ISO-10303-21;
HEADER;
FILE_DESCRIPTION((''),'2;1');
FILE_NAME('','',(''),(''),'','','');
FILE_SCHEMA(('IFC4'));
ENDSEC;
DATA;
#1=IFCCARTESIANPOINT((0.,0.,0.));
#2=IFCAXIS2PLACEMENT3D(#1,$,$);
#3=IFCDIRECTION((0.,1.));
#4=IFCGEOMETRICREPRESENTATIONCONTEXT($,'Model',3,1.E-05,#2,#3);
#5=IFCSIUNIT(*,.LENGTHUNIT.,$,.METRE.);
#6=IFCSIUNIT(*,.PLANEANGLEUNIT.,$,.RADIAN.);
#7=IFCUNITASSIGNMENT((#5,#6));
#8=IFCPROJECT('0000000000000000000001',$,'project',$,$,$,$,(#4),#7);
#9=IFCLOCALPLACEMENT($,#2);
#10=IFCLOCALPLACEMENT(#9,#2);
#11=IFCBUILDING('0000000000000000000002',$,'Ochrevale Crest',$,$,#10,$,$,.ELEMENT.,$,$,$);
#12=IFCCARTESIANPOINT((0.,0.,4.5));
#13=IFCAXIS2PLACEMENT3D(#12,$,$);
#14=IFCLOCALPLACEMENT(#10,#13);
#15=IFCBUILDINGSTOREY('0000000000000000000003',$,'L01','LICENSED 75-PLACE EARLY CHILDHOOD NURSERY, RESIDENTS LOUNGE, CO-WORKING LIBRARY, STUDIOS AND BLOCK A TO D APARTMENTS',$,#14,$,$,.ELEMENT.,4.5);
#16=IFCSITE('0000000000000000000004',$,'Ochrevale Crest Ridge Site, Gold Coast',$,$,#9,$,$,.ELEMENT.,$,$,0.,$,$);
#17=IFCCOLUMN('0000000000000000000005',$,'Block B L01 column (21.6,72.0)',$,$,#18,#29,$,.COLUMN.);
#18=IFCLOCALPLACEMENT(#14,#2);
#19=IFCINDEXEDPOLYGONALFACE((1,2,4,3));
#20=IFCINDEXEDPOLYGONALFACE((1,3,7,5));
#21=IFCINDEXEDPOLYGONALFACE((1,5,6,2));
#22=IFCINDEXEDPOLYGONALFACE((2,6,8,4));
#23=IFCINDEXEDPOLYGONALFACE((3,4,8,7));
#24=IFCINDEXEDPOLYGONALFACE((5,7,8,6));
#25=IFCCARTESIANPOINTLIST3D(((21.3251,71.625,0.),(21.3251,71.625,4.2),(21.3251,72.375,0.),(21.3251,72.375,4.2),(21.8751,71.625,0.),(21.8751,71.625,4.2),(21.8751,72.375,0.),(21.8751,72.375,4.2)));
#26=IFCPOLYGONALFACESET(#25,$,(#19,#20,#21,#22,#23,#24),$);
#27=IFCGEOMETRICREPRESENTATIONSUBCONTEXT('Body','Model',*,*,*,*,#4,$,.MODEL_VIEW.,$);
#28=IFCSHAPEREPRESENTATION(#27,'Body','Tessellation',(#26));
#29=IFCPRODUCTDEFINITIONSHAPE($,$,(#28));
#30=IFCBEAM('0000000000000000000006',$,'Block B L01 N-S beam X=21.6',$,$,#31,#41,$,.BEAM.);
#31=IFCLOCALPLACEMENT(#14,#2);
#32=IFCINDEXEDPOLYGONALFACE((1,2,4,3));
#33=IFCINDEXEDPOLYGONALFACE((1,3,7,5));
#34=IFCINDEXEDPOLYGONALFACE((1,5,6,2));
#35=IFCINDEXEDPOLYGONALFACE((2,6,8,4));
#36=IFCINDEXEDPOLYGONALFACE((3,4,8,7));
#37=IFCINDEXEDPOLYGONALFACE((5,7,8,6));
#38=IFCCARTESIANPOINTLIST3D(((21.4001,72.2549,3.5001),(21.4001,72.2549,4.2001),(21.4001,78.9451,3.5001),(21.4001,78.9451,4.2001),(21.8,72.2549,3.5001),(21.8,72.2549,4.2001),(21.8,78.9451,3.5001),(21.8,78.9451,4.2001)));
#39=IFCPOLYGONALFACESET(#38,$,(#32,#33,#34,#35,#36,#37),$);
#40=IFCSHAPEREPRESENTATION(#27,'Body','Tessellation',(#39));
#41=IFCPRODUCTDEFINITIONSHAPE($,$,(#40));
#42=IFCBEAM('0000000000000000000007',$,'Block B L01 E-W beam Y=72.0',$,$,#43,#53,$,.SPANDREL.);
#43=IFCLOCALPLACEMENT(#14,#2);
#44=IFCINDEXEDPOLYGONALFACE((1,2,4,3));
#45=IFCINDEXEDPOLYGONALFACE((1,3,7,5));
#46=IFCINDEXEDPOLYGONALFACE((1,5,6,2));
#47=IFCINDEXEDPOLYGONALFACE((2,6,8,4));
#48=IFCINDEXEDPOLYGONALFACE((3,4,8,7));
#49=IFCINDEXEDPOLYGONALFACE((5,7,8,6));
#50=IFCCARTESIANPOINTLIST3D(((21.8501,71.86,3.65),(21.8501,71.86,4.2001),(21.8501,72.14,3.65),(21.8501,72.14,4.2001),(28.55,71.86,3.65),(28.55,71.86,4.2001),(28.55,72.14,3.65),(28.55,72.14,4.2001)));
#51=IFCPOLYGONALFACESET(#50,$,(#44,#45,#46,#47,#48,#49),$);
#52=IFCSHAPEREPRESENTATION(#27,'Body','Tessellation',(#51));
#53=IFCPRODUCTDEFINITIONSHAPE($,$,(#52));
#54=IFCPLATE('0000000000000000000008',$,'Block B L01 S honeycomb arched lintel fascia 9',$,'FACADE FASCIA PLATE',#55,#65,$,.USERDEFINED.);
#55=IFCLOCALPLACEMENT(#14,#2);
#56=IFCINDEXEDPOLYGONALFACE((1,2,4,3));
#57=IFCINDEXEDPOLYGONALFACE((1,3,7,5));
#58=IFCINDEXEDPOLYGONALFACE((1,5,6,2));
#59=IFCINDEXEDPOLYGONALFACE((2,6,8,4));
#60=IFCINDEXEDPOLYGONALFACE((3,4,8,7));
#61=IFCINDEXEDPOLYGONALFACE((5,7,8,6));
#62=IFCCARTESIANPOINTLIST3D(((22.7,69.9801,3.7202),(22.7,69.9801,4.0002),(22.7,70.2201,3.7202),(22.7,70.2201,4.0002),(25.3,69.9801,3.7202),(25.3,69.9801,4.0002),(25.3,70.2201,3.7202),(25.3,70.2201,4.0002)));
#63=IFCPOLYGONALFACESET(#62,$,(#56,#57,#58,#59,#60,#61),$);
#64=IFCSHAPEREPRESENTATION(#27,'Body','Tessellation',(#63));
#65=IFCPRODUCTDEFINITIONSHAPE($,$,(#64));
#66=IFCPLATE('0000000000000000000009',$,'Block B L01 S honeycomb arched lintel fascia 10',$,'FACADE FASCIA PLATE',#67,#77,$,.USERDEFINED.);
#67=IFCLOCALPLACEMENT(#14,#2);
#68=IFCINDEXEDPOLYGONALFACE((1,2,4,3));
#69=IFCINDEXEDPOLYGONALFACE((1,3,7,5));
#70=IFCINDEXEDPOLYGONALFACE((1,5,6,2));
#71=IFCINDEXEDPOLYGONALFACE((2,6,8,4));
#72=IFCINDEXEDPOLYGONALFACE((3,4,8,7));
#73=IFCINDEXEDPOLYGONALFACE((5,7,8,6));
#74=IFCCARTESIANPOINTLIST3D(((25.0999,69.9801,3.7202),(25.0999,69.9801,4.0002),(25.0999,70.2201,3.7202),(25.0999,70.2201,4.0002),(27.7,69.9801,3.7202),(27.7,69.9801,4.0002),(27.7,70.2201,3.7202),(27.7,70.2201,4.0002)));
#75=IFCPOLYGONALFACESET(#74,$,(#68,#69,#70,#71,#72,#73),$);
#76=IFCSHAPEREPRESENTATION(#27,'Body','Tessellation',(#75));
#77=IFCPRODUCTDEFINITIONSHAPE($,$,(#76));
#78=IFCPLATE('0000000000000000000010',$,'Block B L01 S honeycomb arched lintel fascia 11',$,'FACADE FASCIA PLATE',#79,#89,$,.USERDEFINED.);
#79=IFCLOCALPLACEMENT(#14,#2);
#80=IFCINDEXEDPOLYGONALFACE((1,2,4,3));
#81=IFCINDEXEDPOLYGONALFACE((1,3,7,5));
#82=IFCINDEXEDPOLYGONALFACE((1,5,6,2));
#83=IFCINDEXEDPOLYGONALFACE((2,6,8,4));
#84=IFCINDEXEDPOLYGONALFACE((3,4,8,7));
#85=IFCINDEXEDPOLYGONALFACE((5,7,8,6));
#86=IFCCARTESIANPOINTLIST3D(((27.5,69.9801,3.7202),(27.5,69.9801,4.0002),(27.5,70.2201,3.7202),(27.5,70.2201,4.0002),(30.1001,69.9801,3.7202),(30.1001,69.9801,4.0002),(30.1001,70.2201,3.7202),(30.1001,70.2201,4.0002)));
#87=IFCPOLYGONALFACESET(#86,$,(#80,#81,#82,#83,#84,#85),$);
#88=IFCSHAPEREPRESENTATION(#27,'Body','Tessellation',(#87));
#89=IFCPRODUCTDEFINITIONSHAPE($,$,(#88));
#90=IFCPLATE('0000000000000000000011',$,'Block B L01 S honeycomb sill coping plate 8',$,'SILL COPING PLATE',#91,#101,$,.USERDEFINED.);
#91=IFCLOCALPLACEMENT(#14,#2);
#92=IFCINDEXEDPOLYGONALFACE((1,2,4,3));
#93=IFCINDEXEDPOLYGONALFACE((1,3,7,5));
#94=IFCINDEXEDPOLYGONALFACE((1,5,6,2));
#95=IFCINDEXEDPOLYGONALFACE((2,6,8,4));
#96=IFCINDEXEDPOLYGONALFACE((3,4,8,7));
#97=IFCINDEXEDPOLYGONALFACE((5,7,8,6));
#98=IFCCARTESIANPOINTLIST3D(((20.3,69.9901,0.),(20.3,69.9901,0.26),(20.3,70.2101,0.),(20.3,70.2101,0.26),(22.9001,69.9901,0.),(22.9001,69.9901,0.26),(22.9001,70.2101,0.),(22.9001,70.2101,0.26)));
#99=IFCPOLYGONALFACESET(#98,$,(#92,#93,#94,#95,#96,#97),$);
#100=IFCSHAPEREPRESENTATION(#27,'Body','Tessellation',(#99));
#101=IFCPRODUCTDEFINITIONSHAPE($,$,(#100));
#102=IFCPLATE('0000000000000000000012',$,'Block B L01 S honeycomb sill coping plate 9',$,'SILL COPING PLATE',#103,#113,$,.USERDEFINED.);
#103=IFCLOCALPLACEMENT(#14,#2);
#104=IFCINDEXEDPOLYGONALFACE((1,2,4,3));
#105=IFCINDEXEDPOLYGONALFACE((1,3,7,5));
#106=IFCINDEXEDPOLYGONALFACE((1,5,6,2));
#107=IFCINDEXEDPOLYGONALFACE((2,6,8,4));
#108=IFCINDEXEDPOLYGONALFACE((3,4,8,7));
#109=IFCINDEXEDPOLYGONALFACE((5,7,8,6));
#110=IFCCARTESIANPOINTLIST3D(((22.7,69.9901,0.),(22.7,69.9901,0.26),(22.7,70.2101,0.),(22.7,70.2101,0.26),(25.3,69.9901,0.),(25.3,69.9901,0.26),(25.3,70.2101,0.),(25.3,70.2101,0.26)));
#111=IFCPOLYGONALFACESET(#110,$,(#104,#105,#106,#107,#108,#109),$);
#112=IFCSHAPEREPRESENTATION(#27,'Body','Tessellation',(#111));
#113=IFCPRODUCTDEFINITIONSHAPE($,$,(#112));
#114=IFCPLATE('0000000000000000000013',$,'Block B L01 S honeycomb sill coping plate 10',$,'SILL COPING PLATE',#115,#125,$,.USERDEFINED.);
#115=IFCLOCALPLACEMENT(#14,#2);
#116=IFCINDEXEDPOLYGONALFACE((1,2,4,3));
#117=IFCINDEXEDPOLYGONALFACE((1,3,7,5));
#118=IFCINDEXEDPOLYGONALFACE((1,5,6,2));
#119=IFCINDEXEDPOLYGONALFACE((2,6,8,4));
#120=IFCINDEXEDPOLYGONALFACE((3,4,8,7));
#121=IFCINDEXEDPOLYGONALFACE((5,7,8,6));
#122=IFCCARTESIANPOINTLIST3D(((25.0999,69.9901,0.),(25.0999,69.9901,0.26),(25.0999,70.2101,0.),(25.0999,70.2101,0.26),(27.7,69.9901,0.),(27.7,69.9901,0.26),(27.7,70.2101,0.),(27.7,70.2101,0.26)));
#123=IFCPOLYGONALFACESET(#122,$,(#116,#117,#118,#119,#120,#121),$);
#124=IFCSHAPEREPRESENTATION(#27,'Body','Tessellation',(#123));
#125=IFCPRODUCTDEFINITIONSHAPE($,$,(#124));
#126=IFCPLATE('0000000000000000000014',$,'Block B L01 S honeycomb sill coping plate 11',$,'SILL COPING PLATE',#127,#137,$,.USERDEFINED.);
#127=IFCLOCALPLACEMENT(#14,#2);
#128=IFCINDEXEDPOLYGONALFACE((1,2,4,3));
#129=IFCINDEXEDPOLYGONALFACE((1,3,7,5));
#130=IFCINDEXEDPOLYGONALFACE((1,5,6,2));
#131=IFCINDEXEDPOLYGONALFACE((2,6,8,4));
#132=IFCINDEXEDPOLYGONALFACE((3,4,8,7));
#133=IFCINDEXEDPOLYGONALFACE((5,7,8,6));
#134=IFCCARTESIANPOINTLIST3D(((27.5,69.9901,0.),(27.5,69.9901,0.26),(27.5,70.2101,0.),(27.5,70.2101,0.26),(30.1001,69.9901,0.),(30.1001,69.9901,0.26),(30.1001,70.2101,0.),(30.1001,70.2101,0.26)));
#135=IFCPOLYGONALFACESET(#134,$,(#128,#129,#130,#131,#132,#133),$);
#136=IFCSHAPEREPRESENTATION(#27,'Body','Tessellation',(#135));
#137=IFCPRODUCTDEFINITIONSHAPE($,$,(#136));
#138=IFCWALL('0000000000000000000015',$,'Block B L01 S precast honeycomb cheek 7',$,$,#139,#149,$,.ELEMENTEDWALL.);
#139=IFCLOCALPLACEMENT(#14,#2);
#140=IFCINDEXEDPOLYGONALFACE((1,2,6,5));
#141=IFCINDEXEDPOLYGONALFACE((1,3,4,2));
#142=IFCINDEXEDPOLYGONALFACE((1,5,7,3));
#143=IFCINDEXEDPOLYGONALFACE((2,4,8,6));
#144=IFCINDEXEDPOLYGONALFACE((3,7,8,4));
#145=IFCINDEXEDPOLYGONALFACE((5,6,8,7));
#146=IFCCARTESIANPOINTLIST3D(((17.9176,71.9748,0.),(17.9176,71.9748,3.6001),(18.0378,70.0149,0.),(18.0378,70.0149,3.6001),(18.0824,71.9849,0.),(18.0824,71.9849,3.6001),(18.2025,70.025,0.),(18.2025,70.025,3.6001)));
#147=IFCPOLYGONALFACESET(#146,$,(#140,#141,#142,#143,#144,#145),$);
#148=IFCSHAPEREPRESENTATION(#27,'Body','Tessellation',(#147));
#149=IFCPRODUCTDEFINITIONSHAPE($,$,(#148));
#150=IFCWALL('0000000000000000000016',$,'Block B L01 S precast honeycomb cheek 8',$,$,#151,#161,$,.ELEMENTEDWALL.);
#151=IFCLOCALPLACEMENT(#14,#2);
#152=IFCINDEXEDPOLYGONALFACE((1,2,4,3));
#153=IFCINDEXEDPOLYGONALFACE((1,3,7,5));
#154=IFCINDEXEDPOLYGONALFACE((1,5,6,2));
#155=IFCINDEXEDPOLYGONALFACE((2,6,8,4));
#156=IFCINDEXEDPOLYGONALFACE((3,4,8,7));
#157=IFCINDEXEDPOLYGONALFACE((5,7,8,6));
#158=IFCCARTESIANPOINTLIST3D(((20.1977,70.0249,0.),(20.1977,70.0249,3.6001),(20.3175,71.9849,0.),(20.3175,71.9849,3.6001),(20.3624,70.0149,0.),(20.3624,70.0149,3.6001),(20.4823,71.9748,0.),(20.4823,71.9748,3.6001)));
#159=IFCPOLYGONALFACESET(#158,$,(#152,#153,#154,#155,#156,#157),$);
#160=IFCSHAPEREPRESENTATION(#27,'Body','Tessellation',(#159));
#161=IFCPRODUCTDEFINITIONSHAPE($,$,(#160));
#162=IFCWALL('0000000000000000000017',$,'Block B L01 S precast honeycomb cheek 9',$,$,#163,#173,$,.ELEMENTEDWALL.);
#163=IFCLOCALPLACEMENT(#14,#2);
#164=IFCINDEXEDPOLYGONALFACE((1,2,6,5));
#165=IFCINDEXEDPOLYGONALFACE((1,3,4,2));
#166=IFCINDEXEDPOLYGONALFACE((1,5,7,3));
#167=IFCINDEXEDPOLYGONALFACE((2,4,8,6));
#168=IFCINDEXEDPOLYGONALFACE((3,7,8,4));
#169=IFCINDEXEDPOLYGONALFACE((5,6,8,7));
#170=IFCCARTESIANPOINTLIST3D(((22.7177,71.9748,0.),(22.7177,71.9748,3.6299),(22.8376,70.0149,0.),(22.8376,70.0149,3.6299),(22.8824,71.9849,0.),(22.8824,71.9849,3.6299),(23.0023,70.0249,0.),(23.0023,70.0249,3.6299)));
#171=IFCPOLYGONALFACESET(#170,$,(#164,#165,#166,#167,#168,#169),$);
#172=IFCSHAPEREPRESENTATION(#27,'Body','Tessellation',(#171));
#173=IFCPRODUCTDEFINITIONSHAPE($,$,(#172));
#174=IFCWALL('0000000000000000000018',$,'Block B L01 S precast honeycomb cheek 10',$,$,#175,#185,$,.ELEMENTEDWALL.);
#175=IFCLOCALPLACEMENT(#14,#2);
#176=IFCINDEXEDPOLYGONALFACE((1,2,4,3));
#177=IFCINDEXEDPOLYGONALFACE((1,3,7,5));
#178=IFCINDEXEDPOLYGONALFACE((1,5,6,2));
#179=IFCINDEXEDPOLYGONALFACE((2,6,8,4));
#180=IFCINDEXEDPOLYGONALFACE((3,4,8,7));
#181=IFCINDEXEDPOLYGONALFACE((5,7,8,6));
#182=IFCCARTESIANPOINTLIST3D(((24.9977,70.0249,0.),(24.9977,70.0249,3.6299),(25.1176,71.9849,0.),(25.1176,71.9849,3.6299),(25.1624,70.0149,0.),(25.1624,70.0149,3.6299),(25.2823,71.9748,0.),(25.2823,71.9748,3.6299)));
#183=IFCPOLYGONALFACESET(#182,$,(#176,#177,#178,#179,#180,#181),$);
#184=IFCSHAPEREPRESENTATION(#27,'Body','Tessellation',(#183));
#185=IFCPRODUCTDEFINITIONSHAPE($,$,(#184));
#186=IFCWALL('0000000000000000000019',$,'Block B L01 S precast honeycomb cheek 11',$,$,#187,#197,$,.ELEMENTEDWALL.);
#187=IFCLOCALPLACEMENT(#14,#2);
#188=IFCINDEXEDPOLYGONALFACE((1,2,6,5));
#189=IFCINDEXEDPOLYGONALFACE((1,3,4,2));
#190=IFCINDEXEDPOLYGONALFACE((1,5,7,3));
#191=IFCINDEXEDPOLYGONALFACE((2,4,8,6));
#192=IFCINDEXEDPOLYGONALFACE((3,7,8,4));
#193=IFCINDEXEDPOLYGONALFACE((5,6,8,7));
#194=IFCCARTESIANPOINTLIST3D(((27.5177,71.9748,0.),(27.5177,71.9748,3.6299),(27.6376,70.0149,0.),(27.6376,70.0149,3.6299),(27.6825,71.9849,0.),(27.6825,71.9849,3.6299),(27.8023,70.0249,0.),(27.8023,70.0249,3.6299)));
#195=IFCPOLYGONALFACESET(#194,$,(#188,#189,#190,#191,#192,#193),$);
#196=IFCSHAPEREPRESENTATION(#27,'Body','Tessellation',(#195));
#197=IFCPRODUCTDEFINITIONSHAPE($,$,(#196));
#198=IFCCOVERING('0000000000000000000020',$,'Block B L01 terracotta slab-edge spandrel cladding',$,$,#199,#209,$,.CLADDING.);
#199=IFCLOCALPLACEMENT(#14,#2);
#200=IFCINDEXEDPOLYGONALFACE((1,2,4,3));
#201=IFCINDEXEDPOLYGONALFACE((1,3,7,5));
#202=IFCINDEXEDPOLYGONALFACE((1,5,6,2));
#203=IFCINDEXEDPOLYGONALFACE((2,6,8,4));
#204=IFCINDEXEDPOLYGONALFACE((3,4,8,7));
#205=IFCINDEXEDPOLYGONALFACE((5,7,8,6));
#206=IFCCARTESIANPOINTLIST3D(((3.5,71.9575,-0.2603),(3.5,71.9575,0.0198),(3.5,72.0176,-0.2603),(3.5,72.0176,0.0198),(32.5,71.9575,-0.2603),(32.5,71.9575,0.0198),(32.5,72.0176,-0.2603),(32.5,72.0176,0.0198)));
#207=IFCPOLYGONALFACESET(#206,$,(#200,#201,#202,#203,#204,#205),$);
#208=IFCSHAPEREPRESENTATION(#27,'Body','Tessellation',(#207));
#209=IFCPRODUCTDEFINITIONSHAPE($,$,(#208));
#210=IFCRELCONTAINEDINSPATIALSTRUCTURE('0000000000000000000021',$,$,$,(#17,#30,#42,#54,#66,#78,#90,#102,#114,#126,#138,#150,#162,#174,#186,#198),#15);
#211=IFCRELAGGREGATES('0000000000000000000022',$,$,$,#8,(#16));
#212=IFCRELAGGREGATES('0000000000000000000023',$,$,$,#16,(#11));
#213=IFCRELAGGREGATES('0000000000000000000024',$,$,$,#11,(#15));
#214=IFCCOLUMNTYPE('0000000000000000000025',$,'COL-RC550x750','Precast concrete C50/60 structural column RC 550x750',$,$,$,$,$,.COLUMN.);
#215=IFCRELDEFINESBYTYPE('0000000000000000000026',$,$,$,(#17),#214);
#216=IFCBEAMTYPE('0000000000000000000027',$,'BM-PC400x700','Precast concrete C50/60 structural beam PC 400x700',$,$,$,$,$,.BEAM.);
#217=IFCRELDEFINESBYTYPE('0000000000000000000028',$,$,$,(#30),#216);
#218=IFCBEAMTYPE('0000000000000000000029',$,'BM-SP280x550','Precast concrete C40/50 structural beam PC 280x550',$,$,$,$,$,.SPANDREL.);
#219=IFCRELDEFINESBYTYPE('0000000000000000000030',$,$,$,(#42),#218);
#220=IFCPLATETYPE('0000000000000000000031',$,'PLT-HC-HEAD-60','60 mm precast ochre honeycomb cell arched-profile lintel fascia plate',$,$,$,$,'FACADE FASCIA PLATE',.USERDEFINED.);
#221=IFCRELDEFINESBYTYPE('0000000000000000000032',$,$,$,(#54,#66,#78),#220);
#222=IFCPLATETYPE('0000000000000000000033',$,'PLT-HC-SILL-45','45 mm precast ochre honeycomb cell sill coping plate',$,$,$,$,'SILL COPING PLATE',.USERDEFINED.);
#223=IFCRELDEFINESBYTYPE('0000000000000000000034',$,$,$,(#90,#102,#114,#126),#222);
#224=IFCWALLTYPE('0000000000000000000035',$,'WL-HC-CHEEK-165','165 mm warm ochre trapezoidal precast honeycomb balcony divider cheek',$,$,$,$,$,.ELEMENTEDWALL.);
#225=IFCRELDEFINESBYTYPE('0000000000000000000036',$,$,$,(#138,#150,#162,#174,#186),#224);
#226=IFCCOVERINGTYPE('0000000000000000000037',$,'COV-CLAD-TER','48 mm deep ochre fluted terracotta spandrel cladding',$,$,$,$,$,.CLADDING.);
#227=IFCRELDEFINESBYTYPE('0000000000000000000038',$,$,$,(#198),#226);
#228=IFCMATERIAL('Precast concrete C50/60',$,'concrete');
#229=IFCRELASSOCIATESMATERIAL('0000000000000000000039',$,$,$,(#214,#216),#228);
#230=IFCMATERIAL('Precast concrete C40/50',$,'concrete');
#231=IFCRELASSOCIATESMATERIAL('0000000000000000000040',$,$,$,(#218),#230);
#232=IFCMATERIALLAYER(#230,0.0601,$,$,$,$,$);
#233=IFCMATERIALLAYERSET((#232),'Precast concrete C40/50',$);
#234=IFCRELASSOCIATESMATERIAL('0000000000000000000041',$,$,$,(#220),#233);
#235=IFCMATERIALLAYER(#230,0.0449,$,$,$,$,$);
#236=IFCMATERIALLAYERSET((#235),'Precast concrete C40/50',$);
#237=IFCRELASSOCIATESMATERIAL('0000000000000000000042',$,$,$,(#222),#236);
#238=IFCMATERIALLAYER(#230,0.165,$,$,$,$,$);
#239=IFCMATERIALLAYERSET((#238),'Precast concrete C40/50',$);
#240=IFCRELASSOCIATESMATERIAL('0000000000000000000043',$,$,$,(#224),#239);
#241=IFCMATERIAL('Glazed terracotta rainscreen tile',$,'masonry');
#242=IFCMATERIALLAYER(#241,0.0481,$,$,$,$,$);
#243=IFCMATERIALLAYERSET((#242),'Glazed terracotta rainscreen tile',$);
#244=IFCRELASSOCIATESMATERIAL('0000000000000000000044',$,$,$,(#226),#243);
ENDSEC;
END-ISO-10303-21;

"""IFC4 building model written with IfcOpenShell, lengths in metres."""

from ifc_helpers import new_model, si_unit, direction, frame, frame_2d, origin, origin_2d, place, context, subcontext, project, spatial, rectangle, extrude, material, layer, layer_set, material_profile, profile_set, type_object, element, save


model = new_model("IFC4")

# Units and contexts
model_context = context("Model", 3, precision=1e-05, world=origin(), true_north=direction((0.0, 1.0)))
body_context = subcontext(model_context, "Body", "Model", "MODEL_VIEW")
ifc_project = project(units=[si_unit("LENGTHUNIT", "METRE"), si_unit("PLANEANGLEUNIT", "RADIAN")], contexts=[model_context])

# Site, building, storey
site_placement = place(None, origin())
site = spatial("IfcSite", under=ifc_project, at=site_placement, Name="Ochrevale Crest Ridge Site, Gold Coast", CompositionType="ELEMENT", RefElevation=0.0)
building_placement = place(site_placement, origin())
building = spatial("IfcBuilding", under=site, at=building_placement, Name="Ochrevale Crest", CompositionType="ELEMENT")
storey_placement = place(building_placement, frame((0.0, 0.0, 4.5)))
storey = spatial("IfcBuildingStorey", under=building, at=storey_placement, Name="L01", Description="LICENSED 75-PLACE EARLY CHILDHOOD NURSERY, RESIDENTS LOUNGE, CO-WORKING LIBRARY, STUDIOS AND BLOCK A TO D APARTMENTS", CompositionType="ELEMENT", Elevation=4.5)

# Column
ifc_material_1 = material(Name="Precast concrete C50/60", Category="concrete")
ifc_material_profile_1 = material_profile(ifc_material_1, rectangle(XDim=0.55, YDim=0.75, at=origin_2d()), Name="RC 550x750")
ifc_profile_set_1 = profile_set([ifc_material_profile_1], Name="Precast concrete C50/60")
column_type = type_object("IfcColumnType", Name="COL-RC550x750", Description="Precast concrete C50/60 structural column RC 550x750", PredefinedType="COLUMN", material=ifc_profile_set_1)
column_placement = place(storey_placement, frame((21.6001, 72.0, 0.0), z_axis=(0.0, 0.0, 1.0), x_axis=(1.0, 0.0, 0.0)))
element("IfcColumn", 1, at=column_placement, inside=storey, type_object=column_type, Name="Block B L01 column (21.6,72.0)", PredefinedType="COLUMN", context=body_context, shape_type="SweptSolid", body=[
    extrude(rectangle(XDim=0.55, YDim=0.75, at=origin_2d()), origin(), (0.0, 0.0, 1.0), 4.2),
])

# Beams
ifc_material_profile_2 = material_profile(ifc_material_1, rectangle(XDim=0.3999, YDim=0.7, at=origin_2d()), Name="PC 400x700")
ifc_profile_set_2 = profile_set([ifc_material_profile_2], Name="Precast concrete C50/60")
beam_type_1 = type_object("IfcBeamType", Name="BM-PC400x700", Description="Precast concrete C50/60 structural beam PC 400x700", PredefinedType="BEAM", material=ifc_profile_set_2)
beam_1_placement = place(storey_placement, frame((21.6001, 72.2549, 3.8501), z_axis=(0.0, 1.0, 0.0), x_axis=(-1.0, 0.0, 0.0)))
element("IfcBeam", 2, at=beam_1_placement, inside=storey, type_object=beam_type_1, Name="Block B L01 N-S beam X=21.6", PredefinedType="BEAM", context=body_context, shape_type="SweptSolid", body=[
    extrude(rectangle(XDim=0.3999, YDim=0.7, at=origin_2d()), origin(), (0.0, 0.0, 1.0), 6.6902),
])
ifc_material_2 = material(Name="Precast concrete C40/50", Category="concrete")
ifc_material_profile_3 = material_profile(ifc_material_2, rectangle(XDim=0.28, YDim=0.55, at=origin_2d()), Name="PC 280x550")
ifc_profile_set_3 = profile_set([ifc_material_profile_3], Name="Precast concrete C40/50")
beam_type_2 = type_object("IfcBeamType", Name="BM-SP280x550", Description="Precast concrete C40/50 structural beam PC 280x550", PredefinedType="SPANDREL", material=ifc_profile_set_3)
beam_2_placement = place(storey_placement, frame((21.8501, 72.0, 3.925), z_axis=(1.0, 0.0, 0.0), x_axis=(0.0, 1.0, 0.0)))
element("IfcBeam", 3, at=beam_2_placement, inside=storey, type_object=beam_type_2, Name="Block B L01 E-W beam Y=72.0", PredefinedType="SPANDREL", context=body_context, shape_type="SweptSolid", body=[
    extrude(rectangle(XDim=0.28, YDim=0.55, at=origin_2d()), origin(), (0.0, 0.0, 1.0), 6.7),
])

# Plates
ifc_layer_1 = layer(ifc_material_2, 0.0601)
ifc_layer_set_1 = layer_set([ifc_layer_1], Name="Precast concrete C40/50")
plate_type_1 = type_object("IfcPlateType", Name="PLT-HC-HEAD-60", Description="60 mm precast ochre honeycomb cell arched-profile lintel fascia plate", ElementType="FACADE FASCIA PLATE", PredefinedType="USERDEFINED", material=ifc_layer_set_1)
for number, where, z_axis, x_axis, name in (
    (4, (24.0, 70.1001, 3.7202), (0.0, 0.0, 1.0), (1.0, 0.0, 0.0), "Block B L01 S honeycomb arched lintel fascia 9"),
    (5, (26.3999, 70.1001, 3.7202), (0.0, 0.0, 1.0), (1.0, 0.0, 0.0), "Block B L01 S honeycomb arched lintel fascia 10"),
    (6, (28.8, 70.1001, 3.7202), (0.0, 0.0, 1.0), (1.0, 0.0, 0.0), "Block B L01 S honeycomb arched lintel fascia 11"),
):
    element("IfcPlate", number, at=place(storey_placement, frame(where, z_axis=z_axis, x_axis=x_axis)), inside=storey, type_object=plate_type_1, Name=name, ObjectType="FACADE FASCIA PLATE", PredefinedType="USERDEFINED", context=body_context, shape_type="SweptSolid", body=[
        extrude(rectangle(XDim=2.6001, YDim=0.24, at=origin_2d()), origin(), (0.0, 0.0, 1.0), 0.28),
    ])
ifc_layer_2 = layer(ifc_material_2, 0.0449)
ifc_layer_set_2 = layer_set([ifc_layer_2], Name="Precast concrete C40/50")
plate_type_2 = type_object("IfcPlateType", Name="PLT-HC-SILL-45", Description="45 mm precast ochre honeycomb cell sill coping plate", ElementType="SILL COPING PLATE", PredefinedType="USERDEFINED", material=ifc_layer_set_2)
for number, where, z_axis, x_axis, name in (
    (7, (21.6001, 70.1001, 0.0), (0.0, 0.0, 1.0), (1.0, 0.0, 0.0), "Block B L01 S honeycomb sill coping plate 8"),
    (8, (24.0, 70.1001, 0.0), (0.0, 0.0, 1.0), (1.0, 0.0, 0.0), "Block B L01 S honeycomb sill coping plate 9"),
    (9, (26.3999, 70.1001, 0.0), (0.0, 0.0, 1.0), (1.0, 0.0, 0.0), "Block B L01 S honeycomb sill coping plate 10"),
    (10, (28.8, 70.1001, 0.0), (0.0, 0.0, 1.0), (1.0, 0.0, 0.0), "Block B L01 S honeycomb sill coping plate 11"),
):
    element("IfcPlate", number, at=place(storey_placement, frame(where, z_axis=z_axis, x_axis=x_axis)), inside=storey, type_object=plate_type_2, Name=name, ObjectType="SILL COPING PLATE", PredefinedType="USERDEFINED", context=body_context, shape_type="SweptSolid", body=[
        extrude(rectangle(XDim=2.6001, YDim=0.22, at=origin_2d()), origin(), (0.0, 0.0, 1.0), 0.26),
    ])

# Walls
ifc_layer_3 = layer(ifc_material_2, 0.165)
ifc_layer_set_3 = layer_set([ifc_layer_3], Name="Precast concrete C40/50")
wall_type = type_object("IfcWallType", Name="WL-HC-CHEEK-165", Description="165 mm warm ochre trapezoidal precast honeycomb balcony divider cheek", PredefinedType="ELEMENTEDWALL", material=ifc_layer_set_3)
for number, where, z_axis, x_axis, name in (
    (11, (18.0, 71.98, 0.0), (0.0, 0.0, 1.0), (0.061171, -0.998127, 0.0), "Block B L01 S precast honeycomb cheek 7"),
    (12, (20.3999, 71.98, 0.0), (0.0, 0.0, 1.0), (-0.061047, -0.998135, 0.0), "Block B L01 S precast honeycomb cheek 8"),
):
    element("IfcWall", number, at=place(storey_placement, frame(where, z_axis=z_axis, x_axis=x_axis)), inside=storey, type_object=wall_type, Name=name, PredefinedType="ELEMENTEDWALL", context=body_context, shape_type="SweptSolid", body=[
        extrude(rectangle(XDim=1.9636, YDim=0.165, at=frame_2d((0.9819, 0.0))), origin(), (0.0, 0.0, 1.0), 3.6001),
    ])
for number, where, z_axis, x_axis, name in (
    (13, (22.8, 71.98, 0.0), (0.0, 0.0, 1.0), (0.061047, -0.998135, 0.0), "Block B L01 S precast honeycomb cheek 9"),
    (14, (25.2, 71.98, 0.0), (0.0, 0.0, 1.0), (-0.061047, -0.998135, 0.0), "Block B L01 S precast honeycomb cheek 10"),
    (15, (27.6001, 71.98, 0.0), (0.0, 0.0, 1.0), (0.061047, -0.998135, 0.0), "Block B L01 S precast honeycomb cheek 11"),
):
    element("IfcWall", number, at=place(storey_placement, frame(where, z_axis=z_axis, x_axis=x_axis)), inside=storey, type_object=wall_type, Name=name, PredefinedType="ELEMENTEDWALL", context=body_context, shape_type="SweptSolid", body=[
        extrude(rectangle(XDim=1.9636, YDim=0.165, at=frame_2d((0.9819, 0.0))), origin(), (0.0, 0.0, 1.0), 3.6299),
    ])

# Covering
ifc_material_3 = material(Name="Glazed terracotta rainscreen tile", Category="masonry")
ifc_layer_4 = layer(ifc_material_3, 0.0481)
ifc_layer_set_4 = layer_set([ifc_layer_4], Name="Glazed terracotta rainscreen tile")
covering_type = type_object("IfcCoveringType", Name="COV-CLAD-TER", Description="48 mm deep ochre fluted terracotta spandrel cladding", PredefinedType="CLADDING", material=ifc_layer_set_4)
covering_placement = place(storey_placement, frame((18.0, 71.9875, -0.2603), z_axis=(0.0, 0.0, 1.0), x_axis=(1.0, 0.0, 0.0)))
element("IfcCovering", 16, at=covering_placement, inside=storey, type_object=covering_type, Name="Block B L01 terracotta slab-edge spandrel cladding", PredefinedType="CLADDING", context=body_context, shape_type="SweptSolid", body=[
    extrude(rectangle(XDim=29.0, YDim=0.0601, at=origin_2d()), origin(), (0.0, 0.0, 1.0), 0.28),
])

save(model, "model.ifc")
